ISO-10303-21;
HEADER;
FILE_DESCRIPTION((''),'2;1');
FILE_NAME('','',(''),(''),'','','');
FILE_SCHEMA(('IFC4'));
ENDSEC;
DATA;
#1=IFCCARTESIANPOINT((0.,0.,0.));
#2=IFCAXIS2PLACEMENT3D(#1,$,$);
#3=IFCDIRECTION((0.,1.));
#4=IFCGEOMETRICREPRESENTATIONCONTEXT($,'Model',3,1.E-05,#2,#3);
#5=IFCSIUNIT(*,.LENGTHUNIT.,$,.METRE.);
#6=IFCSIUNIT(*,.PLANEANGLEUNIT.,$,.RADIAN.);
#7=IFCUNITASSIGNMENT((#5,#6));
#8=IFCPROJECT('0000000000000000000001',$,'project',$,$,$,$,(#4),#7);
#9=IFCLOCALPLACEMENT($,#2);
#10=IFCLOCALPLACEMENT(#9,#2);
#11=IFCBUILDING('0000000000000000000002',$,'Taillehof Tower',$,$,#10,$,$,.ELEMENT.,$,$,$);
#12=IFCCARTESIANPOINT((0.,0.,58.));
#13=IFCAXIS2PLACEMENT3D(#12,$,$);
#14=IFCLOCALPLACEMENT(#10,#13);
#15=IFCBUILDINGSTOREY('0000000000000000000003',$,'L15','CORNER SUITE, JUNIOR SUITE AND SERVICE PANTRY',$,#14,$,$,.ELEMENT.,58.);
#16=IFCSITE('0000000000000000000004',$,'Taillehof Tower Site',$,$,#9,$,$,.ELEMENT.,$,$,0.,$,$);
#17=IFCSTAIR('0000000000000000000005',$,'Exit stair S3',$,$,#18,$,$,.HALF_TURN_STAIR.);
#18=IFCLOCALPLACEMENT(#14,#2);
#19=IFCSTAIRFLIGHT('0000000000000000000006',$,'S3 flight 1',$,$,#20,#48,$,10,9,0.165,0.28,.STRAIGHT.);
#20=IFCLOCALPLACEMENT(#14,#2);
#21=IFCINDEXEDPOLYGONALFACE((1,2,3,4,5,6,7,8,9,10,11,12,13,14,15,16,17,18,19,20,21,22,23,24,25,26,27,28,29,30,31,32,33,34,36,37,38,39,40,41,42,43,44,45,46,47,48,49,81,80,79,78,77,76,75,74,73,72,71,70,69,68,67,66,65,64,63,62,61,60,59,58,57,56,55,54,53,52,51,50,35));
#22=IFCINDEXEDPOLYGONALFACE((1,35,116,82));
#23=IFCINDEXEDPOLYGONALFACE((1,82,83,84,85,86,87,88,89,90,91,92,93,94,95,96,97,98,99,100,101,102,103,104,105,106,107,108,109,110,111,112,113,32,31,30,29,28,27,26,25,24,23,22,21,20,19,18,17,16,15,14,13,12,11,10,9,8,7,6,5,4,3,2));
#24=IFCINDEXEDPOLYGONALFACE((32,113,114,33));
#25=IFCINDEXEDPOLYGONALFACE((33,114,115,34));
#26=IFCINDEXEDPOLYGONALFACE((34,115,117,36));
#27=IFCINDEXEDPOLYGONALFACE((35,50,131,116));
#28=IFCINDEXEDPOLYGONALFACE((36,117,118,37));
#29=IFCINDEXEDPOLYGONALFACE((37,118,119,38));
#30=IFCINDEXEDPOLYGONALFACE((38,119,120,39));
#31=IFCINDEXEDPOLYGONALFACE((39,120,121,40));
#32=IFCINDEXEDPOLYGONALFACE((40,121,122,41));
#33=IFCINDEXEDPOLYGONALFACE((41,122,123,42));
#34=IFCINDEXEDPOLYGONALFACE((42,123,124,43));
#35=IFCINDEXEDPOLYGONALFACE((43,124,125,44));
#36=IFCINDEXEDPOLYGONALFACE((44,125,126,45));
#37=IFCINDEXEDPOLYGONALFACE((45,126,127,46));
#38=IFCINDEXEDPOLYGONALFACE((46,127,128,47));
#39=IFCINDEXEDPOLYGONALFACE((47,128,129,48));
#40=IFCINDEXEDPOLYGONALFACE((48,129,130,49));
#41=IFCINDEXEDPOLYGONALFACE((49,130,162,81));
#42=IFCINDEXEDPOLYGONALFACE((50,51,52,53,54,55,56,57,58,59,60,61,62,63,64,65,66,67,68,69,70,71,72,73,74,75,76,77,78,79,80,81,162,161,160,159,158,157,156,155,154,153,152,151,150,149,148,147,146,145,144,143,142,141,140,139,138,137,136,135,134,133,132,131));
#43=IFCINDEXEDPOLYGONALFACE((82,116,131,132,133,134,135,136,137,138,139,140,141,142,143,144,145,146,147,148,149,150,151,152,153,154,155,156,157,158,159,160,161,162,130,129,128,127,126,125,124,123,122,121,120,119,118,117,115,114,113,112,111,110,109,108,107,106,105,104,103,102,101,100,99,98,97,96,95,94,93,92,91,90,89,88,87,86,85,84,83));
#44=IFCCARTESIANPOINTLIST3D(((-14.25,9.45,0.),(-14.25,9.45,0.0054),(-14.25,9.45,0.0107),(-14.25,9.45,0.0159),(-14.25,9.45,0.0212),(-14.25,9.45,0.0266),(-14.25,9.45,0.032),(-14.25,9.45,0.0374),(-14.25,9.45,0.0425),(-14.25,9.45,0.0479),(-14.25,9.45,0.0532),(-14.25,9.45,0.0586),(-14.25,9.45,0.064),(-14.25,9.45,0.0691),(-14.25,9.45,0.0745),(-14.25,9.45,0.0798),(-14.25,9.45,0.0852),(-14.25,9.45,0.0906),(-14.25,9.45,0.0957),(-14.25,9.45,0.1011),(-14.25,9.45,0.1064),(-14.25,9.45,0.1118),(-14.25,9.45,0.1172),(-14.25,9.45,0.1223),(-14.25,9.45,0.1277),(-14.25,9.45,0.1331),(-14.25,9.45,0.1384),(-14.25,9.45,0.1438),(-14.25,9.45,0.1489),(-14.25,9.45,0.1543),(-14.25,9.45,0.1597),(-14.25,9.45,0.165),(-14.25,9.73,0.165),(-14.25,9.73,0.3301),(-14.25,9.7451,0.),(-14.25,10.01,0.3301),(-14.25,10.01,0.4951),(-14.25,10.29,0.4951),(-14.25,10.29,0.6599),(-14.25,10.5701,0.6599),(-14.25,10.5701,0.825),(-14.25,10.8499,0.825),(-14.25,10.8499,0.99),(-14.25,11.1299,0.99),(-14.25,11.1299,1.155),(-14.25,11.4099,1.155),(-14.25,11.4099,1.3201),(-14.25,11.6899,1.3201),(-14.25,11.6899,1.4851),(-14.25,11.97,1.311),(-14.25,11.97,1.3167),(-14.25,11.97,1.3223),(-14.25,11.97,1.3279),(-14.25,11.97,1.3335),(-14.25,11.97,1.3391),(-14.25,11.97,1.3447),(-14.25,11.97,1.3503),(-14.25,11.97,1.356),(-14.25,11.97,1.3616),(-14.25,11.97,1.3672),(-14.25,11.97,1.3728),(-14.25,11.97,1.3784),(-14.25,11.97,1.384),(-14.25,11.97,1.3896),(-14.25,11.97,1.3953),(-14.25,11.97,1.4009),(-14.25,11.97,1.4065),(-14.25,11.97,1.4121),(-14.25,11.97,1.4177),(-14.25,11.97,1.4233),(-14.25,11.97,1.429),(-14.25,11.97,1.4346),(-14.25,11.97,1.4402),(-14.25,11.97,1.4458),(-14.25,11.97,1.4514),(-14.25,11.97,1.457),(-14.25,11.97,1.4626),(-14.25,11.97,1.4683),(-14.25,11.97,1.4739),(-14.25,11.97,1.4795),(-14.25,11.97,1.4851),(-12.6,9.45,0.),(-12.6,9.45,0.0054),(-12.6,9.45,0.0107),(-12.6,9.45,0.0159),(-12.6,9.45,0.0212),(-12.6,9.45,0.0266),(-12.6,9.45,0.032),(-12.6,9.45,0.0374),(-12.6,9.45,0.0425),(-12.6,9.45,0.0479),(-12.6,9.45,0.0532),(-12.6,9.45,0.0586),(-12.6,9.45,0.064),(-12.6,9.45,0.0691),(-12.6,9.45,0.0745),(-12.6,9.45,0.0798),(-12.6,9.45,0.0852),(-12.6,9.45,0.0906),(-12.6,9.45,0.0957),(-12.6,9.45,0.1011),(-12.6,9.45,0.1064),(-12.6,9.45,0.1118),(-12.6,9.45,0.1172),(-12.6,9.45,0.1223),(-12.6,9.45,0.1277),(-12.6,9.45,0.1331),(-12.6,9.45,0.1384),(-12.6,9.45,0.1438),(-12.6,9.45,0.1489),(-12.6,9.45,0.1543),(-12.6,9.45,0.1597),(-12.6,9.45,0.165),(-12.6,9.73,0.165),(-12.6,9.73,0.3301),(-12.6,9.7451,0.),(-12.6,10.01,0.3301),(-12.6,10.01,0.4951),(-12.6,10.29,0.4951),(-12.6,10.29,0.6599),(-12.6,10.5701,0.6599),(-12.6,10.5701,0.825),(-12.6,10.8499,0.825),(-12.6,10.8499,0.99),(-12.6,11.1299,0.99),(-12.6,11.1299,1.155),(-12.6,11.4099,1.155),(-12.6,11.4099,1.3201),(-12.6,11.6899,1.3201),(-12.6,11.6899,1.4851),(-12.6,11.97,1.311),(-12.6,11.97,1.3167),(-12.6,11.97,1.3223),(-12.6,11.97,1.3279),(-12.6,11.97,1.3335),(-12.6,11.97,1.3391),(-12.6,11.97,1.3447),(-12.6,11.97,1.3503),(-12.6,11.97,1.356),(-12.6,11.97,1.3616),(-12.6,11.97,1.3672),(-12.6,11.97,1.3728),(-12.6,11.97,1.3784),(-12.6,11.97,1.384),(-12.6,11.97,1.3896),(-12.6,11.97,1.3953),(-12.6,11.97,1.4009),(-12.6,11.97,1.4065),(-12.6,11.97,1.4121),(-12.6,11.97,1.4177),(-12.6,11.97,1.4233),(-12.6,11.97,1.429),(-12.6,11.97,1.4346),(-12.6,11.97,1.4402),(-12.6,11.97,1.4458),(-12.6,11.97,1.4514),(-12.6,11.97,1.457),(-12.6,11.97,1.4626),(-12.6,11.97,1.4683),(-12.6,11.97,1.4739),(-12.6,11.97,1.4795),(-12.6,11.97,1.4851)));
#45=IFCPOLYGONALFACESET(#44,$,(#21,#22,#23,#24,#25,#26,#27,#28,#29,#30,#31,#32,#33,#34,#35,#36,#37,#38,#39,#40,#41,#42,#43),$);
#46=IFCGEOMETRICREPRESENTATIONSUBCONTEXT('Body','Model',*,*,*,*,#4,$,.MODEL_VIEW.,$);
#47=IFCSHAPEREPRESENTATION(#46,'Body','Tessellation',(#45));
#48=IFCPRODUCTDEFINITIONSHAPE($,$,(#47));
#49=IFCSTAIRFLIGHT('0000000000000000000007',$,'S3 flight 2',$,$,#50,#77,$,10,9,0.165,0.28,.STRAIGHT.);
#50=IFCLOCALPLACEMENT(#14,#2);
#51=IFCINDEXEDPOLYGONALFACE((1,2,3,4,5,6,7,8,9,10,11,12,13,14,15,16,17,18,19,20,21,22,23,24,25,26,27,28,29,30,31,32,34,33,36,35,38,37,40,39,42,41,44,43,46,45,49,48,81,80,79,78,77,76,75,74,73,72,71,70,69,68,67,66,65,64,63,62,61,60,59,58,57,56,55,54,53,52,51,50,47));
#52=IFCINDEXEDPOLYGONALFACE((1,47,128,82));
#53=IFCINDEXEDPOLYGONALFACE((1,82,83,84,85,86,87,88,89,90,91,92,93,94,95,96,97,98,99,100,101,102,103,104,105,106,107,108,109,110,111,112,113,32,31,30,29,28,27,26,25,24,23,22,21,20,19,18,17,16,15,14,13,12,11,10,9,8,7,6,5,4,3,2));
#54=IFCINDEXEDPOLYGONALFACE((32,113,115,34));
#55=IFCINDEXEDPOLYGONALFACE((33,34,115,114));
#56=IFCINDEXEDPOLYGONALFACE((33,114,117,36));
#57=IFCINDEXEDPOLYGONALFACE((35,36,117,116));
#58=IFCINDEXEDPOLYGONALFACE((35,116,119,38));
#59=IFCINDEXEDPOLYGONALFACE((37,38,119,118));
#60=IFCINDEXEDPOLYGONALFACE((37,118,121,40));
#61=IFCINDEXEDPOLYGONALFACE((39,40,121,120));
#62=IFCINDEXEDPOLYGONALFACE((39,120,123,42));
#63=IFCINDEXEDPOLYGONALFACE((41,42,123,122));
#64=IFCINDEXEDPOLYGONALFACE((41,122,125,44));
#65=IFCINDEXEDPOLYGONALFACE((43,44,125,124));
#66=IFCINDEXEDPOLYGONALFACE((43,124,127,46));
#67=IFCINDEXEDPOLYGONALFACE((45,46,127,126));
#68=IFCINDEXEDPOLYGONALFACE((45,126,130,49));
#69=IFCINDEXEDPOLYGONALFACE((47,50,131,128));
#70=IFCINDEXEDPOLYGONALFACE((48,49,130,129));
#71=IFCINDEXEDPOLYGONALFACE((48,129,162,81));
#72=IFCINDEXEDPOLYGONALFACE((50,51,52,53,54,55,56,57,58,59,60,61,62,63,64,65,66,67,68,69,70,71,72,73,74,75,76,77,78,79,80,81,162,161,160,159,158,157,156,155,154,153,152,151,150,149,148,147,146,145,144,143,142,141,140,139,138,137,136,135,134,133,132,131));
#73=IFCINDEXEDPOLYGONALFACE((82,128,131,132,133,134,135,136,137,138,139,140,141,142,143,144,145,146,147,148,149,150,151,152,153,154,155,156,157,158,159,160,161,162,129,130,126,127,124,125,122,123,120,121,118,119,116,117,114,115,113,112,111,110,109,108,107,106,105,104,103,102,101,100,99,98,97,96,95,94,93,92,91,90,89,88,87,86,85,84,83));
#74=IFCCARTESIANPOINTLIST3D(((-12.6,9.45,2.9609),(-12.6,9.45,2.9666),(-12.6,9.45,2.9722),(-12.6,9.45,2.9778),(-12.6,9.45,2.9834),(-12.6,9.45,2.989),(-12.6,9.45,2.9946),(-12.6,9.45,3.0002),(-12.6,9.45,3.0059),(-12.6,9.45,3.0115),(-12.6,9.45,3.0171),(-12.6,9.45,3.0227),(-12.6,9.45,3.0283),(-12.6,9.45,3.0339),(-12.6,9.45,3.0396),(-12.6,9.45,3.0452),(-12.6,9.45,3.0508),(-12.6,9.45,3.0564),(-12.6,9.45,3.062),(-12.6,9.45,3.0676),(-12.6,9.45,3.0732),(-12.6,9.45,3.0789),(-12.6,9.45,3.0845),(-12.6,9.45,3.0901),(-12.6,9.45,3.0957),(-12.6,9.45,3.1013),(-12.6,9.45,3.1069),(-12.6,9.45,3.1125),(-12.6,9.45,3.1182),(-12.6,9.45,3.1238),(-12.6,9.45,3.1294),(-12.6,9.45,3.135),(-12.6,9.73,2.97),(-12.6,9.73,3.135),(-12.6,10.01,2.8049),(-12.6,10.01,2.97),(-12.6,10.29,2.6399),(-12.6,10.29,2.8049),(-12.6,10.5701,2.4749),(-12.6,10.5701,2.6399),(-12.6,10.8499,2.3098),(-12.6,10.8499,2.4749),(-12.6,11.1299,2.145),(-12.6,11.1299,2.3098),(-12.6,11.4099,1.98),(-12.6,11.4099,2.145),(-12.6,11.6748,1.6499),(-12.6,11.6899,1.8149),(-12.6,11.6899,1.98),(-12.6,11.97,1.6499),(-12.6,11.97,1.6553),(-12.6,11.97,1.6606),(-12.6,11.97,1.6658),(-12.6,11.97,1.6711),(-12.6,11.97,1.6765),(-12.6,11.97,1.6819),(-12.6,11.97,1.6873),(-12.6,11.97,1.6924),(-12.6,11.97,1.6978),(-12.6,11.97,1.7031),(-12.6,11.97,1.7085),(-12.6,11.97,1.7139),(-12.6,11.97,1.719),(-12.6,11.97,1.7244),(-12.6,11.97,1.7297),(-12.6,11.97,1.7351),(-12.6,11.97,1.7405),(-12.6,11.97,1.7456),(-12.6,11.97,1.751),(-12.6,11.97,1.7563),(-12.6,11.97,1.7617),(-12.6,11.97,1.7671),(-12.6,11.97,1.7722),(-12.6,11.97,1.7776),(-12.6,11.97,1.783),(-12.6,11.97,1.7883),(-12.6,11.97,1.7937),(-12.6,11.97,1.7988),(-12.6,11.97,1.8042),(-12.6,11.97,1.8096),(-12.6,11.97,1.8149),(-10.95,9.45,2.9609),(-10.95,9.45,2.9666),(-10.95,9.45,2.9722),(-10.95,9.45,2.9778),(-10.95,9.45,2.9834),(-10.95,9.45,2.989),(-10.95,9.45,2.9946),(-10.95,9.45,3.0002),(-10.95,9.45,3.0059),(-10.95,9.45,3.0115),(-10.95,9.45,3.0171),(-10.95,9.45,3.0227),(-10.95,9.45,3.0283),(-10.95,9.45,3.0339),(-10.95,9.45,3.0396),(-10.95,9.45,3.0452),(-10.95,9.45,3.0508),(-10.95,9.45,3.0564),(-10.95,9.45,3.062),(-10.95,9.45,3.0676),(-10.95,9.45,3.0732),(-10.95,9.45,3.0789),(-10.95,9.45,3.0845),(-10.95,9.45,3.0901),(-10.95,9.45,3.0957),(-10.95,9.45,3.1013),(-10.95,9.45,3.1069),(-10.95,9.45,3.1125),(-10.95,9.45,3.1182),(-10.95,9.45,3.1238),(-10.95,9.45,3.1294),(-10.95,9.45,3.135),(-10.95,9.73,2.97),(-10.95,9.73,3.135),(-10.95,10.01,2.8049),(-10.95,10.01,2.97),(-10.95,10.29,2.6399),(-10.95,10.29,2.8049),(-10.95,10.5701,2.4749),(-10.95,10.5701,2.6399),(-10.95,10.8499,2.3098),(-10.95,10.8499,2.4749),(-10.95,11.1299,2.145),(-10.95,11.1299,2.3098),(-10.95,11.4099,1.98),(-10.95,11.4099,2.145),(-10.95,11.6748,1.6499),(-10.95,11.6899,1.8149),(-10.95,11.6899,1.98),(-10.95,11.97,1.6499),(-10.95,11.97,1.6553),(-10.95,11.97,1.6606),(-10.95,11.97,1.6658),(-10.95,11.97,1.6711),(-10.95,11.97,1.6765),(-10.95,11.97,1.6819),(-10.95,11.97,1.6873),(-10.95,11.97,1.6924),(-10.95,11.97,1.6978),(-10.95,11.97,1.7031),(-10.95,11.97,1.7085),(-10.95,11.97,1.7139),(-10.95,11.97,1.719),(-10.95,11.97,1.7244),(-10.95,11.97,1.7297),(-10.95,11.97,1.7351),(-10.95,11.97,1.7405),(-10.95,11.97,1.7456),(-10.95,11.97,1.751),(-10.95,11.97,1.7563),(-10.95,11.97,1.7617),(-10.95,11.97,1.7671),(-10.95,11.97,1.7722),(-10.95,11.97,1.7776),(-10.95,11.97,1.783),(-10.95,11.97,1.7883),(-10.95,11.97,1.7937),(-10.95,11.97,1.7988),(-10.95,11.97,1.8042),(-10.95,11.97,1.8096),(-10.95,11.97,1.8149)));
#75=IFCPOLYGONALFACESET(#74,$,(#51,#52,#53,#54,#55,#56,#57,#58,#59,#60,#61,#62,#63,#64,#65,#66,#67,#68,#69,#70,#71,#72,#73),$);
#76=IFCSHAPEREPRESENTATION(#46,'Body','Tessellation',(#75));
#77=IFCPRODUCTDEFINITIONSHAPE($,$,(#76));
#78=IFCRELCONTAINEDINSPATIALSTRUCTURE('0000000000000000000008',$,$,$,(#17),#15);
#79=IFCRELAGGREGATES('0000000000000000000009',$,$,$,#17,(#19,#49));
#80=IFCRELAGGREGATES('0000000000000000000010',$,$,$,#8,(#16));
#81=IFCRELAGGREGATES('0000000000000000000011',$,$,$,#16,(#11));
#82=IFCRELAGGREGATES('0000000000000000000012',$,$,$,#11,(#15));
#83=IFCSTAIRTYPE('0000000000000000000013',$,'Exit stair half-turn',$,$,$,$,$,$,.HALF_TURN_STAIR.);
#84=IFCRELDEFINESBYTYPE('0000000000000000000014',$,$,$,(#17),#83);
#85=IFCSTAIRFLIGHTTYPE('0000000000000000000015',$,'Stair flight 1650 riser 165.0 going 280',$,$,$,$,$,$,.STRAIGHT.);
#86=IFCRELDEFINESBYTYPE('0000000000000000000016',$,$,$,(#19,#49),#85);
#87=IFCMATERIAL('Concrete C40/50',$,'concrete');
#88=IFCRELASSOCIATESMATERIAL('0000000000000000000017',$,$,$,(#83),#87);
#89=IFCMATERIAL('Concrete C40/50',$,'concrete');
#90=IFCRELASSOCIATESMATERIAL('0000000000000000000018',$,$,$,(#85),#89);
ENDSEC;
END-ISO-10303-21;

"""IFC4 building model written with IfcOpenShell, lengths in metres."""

from ifc_helpers import new_model, si_unit, direction, frame, origin, place, context, subcontext, project, spatial, polyline, outline, extrude, material, type_object, element, aggregate, save


model = new_model("IFC4")

# Units and contexts
model_context = context("Model", 3, precision=1e-05, world=origin(), true_north=direction((0.0, 1.0)))
body_context = subcontext(model_context, "Body", "Model", "MODEL_VIEW")
ifc_project = project(units=[si_unit("LENGTHUNIT", "METRE"), si_unit("PLANEANGLEUNIT", "RADIAN")], contexts=[model_context])

# Site, building, storey
site_placement = place(None, origin())
site = spatial("IfcSite", under=ifc_project, at=site_placement, Name="Taillehof Tower Site", CompositionType="ELEMENT", RefElevation=0.0)
building_placement = place(site_placement, origin())
building = spatial("IfcBuilding", under=site, at=building_placement, Name="Taillehof Tower", CompositionType="ELEMENT")
storey_placement = place(building_placement, frame((0.0, 0.0, 58.0)))
storey = spatial("IfcBuildingStorey", under=building, at=storey_placement, Name="L15", Description="CORNER SUITE, JUNIOR SUITE AND SERVICE PANTRY", CompositionType="ELEMENT", Elevation=58.0)

# Stair, stair flights
ifc_material_1 = material(Name="Concrete C40/50", Category="concrete")
stair_type = type_object("IfcStairType", Name="Exit stair half-turn", PredefinedType="HALF_TURN_STAIR", material=ifc_material_1)
stair_placement = place(storey_placement, origin())
stair = element("IfcStair", 1, at=stair_placement, inside=storey, type_object=stair_type, Name="Exit stair S3", PredefinedType="HALF_TURN_STAIR")
ifc_material_2 = material(Name="Concrete C40/50", Category="concrete")
stair_flight_type = type_object("IfcStairFlightType", Name="Stair flight 1650 riser 165.0 going 280", PredefinedType="STRAIGHT", material=ifc_material_2)
stair_flight_1_placement = place(storey_placement, frame((-13.425, 9.45, 0.0), z_axis=(0.0, 0.0, 1.0), x_axis=(0.0, 1.0, 0.0)))
stair_flight_1 = element("IfcStairFlight", 2, at=stair_flight_1_placement, type_object=stair_flight_type, Name="S3 flight 1", NumberOfRisers=10, NumberOfTreads=9, PredefinedType="STRAIGHT", RiserHeight=0.165, TreadLength=0.28, context=body_context, shape_type="SweptSolid", body=[
    extrude(outline(polyline([(0.0, 0.0), (0.0, 0.0054), (0.0, 0.0107), (0.0, 0.0159), (0.0, 0.0212), (0.0, 0.0266), (0.0, 0.032), (0.0, 0.0374), (0.0, 0.0425), (0.0, 0.0479), (0.0, 0.0532), (0.0, 0.0586), (0.0, 0.064), (0.0, 0.0691), (0.0, 0.0745), (0.0, 0.0798), (0.0, 0.0852), (0.0, 0.0906), (0.0, 0.0957), (0.0, 0.1011), (0.0, 0.1064), (0.0, 0.1118), (0.0, 0.1172), (0.0, 0.1223), (0.0, 0.1277), (0.0, 0.1331), (0.0, 0.1384), (0.0, 0.1438), (0.0, 0.1489), (0.0, 0.1543), (0.0, 0.1597), (0.0, 0.165), (0.28, 0.165), (0.28, 0.3301), (0.5601, 0.3301), (0.5601, 0.4951), (0.8401, 0.4951), (0.8401, 0.6599), (1.1201, 0.6599), (1.1201, 0.825), (1.3999, 0.825), (1.3999, 0.99), (1.6799, 0.99), (1.6799, 1.155), (1.96, 1.155), (1.96, 1.3201), (2.24, 1.3201), (2.24, 1.4851), (2.52, 1.4851), (2.52, 1.4795), (2.52, 1.4739), (2.52, 1.4683), (2.52, 1.4626), (2.52, 1.457), (2.52, 1.4514), (2.52, 1.4458), (2.52, 1.4402), (2.52, 1.4346), (2.52, 1.429), (2.52, 1.4233), (2.52, 1.4177), (2.52, 1.4121), (2.52, 1.4065), (2.52, 1.4009), (2.52, 1.3953), (2.52, 1.3896), (2.52, 1.384), (2.52, 1.3784), (2.52, 1.3728), (2.52, 1.3672), (2.52, 1.3616), (2.52, 1.356), (2.52, 1.3503), (2.52, 1.3447), (2.52, 1.3391), (2.52, 1.3335), (2.52, 1.3279), (2.52, 1.3223), (2.52, 1.3167), (2.52, 1.311), (0.2952, 0.0), (0.0, 0.0)])), frame((0.0, 0.825, 0.0), z_axis=(0.0, -1.0, 0.0), x_axis=(1.0, 0.0, 0.0)), (0.0, 0.0, 1.0), 1.65),
])
stair_flight_2_placement = place(storey_placement, frame((-11.7749, 11.97, 1.6499), z_axis=(0.0, 0.0, 1.0), x_axis=(0.0, -1.0, 0.0)))
stair_flight_2 = element("IfcStairFlight", 3, at=stair_flight_2_placement, type_object=stair_flight_type, Name="S3 flight 2", NumberOfRisers=10, NumberOfTreads=9, PredefinedType="STRAIGHT", RiserHeight=0.165, TreadLength=0.28, context=body_context, shape_type="SweptSolid", body=[
    extrude(outline(polyline([(0.0, 0.0), (0.0, 0.0054), (0.0, 0.0107), (0.0, 0.0159), (0.0, 0.0212), (0.0, 0.0266), (0.0, 0.032), (0.0, 0.0374), (0.0, 0.0425), (0.0, 0.0479), (0.0, 0.0532), (0.0, 0.0586), (0.0, 0.064), (0.0, 0.0691), (0.0, 0.0745), (0.0, 0.0798), (0.0, 0.0852), (0.0, 0.0906), (0.0, 0.0957), (0.0, 0.1011), (0.0, 0.1064), (0.0, 0.1118), (0.0, 0.1172), (0.0, 0.1223), (0.0, 0.1277), (0.0, 0.1331), (0.0, 0.1384), (0.0, 0.1438), (0.0, 0.1489), (0.0, 0.1543), (0.0, 0.1597), (0.0, 0.165), (0.28, 0.165), (0.28, 0.3301), (0.5601, 0.3301), (0.5601, 0.4951), (0.8401, 0.4951), (0.8401, 0.6599), (1.1201, 0.6599), (1.1201, 0.825), (1.3999, 0.825), (1.3999, 0.99), (1.6799, 0.99), (1.6799, 1.155), (1.96, 1.155), (1.96, 1.3201), (2.24, 1.3201), (2.24, 1.4851), (2.52, 1.4851), (2.52, 1.4795), (2.52, 1.4739), (2.52, 1.4683), (2.52, 1.4626), (2.52, 1.457), (2.52, 1.4514), (2.52, 1.4458), (2.52, 1.4402), (2.52, 1.4346), (2.52, 1.429), (2.52, 1.4233), (2.52, 1.4177), (2.52, 1.4121), (2.52, 1.4065), (2.52, 1.4009), (2.52, 1.3953), (2.52, 1.3896), (2.52, 1.384), (2.52, 1.3784), (2.52, 1.3728), (2.52, 1.3672), (2.52, 1.3616), (2.52, 1.356), (2.52, 1.3503), (2.52, 1.3447), (2.52, 1.3391), (2.52, 1.3335), (2.52, 1.3279), (2.52, 1.3223), (2.52, 1.3167), (2.52, 1.311), (0.2952, 0.0), (0.0, 0.0)])), frame((0.0, 0.825, 0.0), z_axis=(0.0, -1.0, 0.0), x_axis=(1.0, 0.0, 0.0)), (0.0, 0.0, 1.0), 1.65),
])
aggregate(stair, [stair_flight_1, stair_flight_2])

save(model, "model.ifc")
